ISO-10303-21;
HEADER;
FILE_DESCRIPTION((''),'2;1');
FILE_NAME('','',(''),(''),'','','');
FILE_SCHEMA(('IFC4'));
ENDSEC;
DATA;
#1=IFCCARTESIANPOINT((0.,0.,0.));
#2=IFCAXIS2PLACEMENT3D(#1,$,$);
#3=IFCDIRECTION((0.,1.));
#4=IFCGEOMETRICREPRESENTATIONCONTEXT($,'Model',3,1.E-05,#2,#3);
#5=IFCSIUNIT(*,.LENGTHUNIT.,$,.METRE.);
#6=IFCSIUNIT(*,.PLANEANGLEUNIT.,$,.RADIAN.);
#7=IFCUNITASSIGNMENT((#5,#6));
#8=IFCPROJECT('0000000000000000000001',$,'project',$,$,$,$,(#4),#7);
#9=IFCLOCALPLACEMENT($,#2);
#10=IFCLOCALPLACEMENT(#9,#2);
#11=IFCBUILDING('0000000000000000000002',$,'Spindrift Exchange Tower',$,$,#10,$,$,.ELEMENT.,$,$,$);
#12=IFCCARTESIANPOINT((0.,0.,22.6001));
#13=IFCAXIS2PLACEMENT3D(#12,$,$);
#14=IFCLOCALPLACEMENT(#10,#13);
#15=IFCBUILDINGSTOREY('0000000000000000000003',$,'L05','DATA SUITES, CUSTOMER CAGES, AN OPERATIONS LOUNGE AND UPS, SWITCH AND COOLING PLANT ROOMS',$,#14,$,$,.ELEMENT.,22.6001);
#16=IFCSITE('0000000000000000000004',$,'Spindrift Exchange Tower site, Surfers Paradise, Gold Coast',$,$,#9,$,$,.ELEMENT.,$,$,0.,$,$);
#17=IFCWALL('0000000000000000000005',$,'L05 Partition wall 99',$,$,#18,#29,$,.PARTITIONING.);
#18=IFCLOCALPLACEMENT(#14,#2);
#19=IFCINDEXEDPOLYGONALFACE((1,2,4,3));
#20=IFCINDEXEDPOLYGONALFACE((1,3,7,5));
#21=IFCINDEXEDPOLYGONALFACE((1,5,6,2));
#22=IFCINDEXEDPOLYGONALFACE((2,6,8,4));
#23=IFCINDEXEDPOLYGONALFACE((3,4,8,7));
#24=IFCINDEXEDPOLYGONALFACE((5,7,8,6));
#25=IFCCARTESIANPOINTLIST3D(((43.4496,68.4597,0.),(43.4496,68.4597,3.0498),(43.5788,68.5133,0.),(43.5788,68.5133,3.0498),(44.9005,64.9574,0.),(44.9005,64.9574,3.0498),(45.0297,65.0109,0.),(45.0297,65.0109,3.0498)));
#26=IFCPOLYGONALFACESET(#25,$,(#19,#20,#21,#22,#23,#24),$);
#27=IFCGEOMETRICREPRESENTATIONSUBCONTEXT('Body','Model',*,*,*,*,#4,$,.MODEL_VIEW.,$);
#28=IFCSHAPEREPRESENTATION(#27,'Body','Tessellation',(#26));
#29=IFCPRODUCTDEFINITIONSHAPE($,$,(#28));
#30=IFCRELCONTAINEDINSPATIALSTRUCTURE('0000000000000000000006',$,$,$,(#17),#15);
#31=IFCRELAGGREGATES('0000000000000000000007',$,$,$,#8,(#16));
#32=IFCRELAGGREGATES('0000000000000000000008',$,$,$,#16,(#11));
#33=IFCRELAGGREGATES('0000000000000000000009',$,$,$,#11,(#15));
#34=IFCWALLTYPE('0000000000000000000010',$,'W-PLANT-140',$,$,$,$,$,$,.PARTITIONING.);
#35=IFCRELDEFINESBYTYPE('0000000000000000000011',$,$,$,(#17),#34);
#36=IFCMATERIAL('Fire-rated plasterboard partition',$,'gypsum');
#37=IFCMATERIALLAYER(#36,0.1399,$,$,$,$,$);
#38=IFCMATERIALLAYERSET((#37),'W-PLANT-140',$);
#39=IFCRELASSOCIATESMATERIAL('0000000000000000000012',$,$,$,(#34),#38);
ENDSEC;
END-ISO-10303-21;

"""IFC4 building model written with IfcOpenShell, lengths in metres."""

from ifc_helpers import new_model, si_unit, direction, frame, frame_2d, origin, place, context, subcontext, project, spatial, rectangle, extrude, material, layer, layer_set, type_object, element, save


model = new_model("IFC4")

# Units and contexts
model_context = context("Model", 3, precision=1e-05, world=origin(), true_north=direction((0.0, 1.0)))
body_context = subcontext(model_context, "Body", "Model", "MODEL_VIEW")
ifc_project = project(units=[si_unit("LENGTHUNIT", "METRE"), si_unit("PLANEANGLEUNIT", "RADIAN")], contexts=[model_context])

# Site, building, storey
site_placement = place(None, origin())
site = spatial("IfcSite", under=ifc_project, at=site_placement, Name="Spindrift Exchange Tower site, Surfers Paradise, Gold Coast", CompositionType="ELEMENT", RefElevation=0.0)
building_placement = place(site_placement, origin())
building = spatial("IfcBuilding", under=site, at=building_placement, Name="Spindrift Exchange Tower", CompositionType="ELEMENT")
storey_placement = place(building_placement, frame((0.0, 0.0, 22.6001)))
storey = spatial("IfcBuildingStorey", under=building, at=storey_placement, Name="L05", Description="DATA SUITES, CUSTOMER CAGES, AN OPERATIONS LOUNGE AND UPS, SWITCH AND COOLING PLANT ROOMS", CompositionType="ELEMENT", Elevation=22.6001)

# Wall
ifc_material_1 = material(Name="Fire-rated plasterboard partition", Category="gypsum")
ifc_layer_1 = layer(ifc_material_1, 0.1399)
ifc_layer_set_1 = layer_set([ifc_layer_1], Name="W-PLANT-140")
wall_type_1 = type_object("IfcWallType", Name="W-PLANT-140", PredefinedType="PARTITIONING", material=ifc_layer_set_1)
wall_1_placement = place(storey_placement, frame((44.9651, 64.9841, 0.0), z_axis=(0.0, 0.0, 1.0), x_axis=(-0.382721, 0.923864, 0.0)))
element("IfcWall", 1, at=wall_1_placement, inside=storey, type_object=wall_type_1, Name="L05 Partition wall 99", PredefinedType="PARTITIONING", context=body_context, shape_type="SweptSolid", body=[
    extrude(rectangle(XDim=3.791, YDim=0.1399, at=frame_2d((1.8955, 0.0))), origin(), (0.0, 0.0, 1.0), 3.0498),
])

save(model, "model.ifc")
